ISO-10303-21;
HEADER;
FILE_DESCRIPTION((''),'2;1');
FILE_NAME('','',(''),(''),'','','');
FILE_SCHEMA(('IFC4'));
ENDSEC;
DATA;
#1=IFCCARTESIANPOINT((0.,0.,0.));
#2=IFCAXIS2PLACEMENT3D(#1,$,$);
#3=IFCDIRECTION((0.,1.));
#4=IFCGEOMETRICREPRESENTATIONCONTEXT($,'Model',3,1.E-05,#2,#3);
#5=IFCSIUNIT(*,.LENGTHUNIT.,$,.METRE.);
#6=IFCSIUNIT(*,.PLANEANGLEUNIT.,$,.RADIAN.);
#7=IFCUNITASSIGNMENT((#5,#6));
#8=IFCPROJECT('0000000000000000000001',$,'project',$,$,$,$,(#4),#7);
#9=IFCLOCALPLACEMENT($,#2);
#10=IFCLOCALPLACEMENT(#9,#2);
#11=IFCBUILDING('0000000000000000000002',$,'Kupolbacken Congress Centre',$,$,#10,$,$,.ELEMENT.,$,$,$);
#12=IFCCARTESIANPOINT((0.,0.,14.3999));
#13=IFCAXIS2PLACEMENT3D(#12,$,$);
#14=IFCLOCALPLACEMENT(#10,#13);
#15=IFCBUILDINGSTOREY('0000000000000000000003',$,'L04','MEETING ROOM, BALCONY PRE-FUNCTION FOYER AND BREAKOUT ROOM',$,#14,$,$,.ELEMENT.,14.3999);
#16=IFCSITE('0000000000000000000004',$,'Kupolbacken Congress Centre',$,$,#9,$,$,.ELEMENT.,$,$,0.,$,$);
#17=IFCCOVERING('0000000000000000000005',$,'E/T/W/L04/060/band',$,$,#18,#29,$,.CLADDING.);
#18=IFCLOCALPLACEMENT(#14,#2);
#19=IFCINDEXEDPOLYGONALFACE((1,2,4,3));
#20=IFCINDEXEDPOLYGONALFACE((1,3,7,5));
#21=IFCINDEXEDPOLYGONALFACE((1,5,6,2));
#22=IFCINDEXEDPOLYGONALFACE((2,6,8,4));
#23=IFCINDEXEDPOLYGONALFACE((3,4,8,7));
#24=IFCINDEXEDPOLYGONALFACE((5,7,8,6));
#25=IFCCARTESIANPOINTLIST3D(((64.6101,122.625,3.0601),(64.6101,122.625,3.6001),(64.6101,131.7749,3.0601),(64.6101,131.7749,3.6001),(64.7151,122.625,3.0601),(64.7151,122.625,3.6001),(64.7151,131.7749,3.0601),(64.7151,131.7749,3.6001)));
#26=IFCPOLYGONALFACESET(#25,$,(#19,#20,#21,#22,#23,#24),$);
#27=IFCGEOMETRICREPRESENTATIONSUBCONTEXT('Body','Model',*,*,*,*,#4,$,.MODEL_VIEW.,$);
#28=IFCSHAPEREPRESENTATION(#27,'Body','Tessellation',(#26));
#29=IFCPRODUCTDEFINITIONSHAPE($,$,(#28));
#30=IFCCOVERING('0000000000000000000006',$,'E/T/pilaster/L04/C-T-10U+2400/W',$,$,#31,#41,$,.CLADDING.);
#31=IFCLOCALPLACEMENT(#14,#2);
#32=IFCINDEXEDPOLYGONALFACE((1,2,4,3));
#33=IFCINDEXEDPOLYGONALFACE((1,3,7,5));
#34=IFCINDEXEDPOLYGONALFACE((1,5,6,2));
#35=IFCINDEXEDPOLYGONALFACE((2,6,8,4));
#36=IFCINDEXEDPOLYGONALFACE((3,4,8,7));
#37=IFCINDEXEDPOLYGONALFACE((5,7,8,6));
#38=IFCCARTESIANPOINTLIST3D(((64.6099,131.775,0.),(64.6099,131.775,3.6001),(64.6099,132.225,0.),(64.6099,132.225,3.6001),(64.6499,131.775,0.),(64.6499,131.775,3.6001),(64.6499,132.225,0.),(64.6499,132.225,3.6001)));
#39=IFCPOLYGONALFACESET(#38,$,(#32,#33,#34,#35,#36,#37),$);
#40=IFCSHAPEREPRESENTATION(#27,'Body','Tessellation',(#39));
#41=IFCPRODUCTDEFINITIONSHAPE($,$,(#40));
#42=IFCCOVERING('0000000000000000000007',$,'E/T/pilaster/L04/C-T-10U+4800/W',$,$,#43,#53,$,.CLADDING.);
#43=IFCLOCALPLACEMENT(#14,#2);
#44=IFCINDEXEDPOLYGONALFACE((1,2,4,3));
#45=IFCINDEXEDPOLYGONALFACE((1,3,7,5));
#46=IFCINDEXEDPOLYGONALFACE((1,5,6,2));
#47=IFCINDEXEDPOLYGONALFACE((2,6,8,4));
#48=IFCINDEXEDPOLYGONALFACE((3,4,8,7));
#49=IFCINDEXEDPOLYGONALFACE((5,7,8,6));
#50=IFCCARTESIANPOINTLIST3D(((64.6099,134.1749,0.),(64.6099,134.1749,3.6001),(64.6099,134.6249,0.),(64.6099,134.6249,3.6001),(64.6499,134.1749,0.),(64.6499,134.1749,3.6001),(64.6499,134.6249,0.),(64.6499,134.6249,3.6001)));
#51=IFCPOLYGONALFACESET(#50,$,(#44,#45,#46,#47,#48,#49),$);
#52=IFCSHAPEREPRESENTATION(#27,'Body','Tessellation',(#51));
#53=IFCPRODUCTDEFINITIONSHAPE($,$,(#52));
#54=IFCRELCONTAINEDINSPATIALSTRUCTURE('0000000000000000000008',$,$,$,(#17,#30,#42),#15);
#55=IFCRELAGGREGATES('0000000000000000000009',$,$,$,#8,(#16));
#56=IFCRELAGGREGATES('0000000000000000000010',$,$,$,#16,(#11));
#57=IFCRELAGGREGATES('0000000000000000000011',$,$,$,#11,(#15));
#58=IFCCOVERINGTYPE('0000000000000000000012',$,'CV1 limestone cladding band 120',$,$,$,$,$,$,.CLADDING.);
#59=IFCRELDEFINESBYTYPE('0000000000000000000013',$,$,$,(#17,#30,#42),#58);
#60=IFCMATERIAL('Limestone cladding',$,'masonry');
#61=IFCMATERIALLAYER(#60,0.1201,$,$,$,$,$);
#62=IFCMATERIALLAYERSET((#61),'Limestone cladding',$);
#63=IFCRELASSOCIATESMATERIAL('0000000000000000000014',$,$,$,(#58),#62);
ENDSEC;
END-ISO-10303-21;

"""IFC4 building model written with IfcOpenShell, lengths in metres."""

from ifc_helpers import new_model, si_unit, direction, frame, origin, origin_2d, place, context, subcontext, project, spatial, rectangle, extrude, material, layer, layer_set, type_object, element, save


model = new_model("IFC4")

# Units and contexts
model_context = context("Model", 3, precision=1e-05, world=origin(), true_north=direction((0.0, 1.0)))
body_context = subcontext(model_context, "Body", "Model", "MODEL_VIEW")
ifc_project = project(units=[si_unit("LENGTHUNIT", "METRE"), si_unit("PLANEANGLEUNIT", "RADIAN")], contexts=[model_context])

# Site, building, storey
site_placement = place(None, origin())
site = spatial("IfcSite", under=ifc_project, at=site_placement, Name="Kupolbacken Congress Centre", CompositionType="ELEMENT", RefElevation=0.0)
building_placement = place(site_placement, origin())
building = spatial("IfcBuilding", under=site, at=building_placement, Name="Kupolbacken Congress Centre", CompositionType="ELEMENT")
storey_placement = place(building_placement, frame((0.0, 0.0, 14.3999)))
storey = spatial("IfcBuildingStorey", under=building, at=storey_placement, Name="L04", Description="MEETING ROOM, BALCONY PRE-FUNCTION FOYER AND BREAKOUT ROOM", CompositionType="ELEMENT", Elevation=14.3999)

# Coverings
ifc_material_1 = material(Name="Limestone cladding", Category="masonry")
ifc_layer_1 = layer(ifc_material_1, 0.1201)
ifc_layer_set_1 = layer_set([ifc_layer_1], Name="Limestone cladding")
covering_type_1 = type_object("IfcCoveringType", Name="CV1 limestone cladding band 120", PredefinedType="CLADDING", material=ifc_layer_set_1)
covering_1_placement = place(storey_placement, frame((64.6626, 127.2, 3.0601), z_axis=(0.0, 0.0, 1.0), x_axis=(0.0, -1.0, 0.0)))
element("IfcCovering", 1, at=covering_1_placement, inside=storey, type_object=covering_type_1, Name="E/T/W/L04/060/band", PredefinedType="CLADDING", context=body_context, shape_type="SweptSolid", body=[
    extrude(rectangle(XDim=9.1499, YDim=0.105, at=origin_2d()), origin(), (0.0, 0.0, 1.0), 0.54),
])
for number, where, z_axis, x_axis, name in (
    (2, (64.6299, 132.0, 0.0), (0.0, 0.0, 1.0), (1.0, 0.0, 0.0), "E/T/pilaster/L04/C-T-10U+2400/W"),
    (3, (64.6299, 134.3999, 0.0), (0.0, 0.0, 1.0), (1.0, 0.0, 0.0), "E/T/pilaster/L04/C-T-10U+4800/W"),
):
    element("IfcCovering", number, at=place(storey_placement, frame(where, z_axis=z_axis, x_axis=x_axis)), inside=storey, type_object=covering_type_1, Name=name, PredefinedType="CLADDING", context=body_context, shape_type="SweptSolid", body=[
        extrude(rectangle(XDim=0.04, YDim=0.45, at=origin_2d()), origin(), (0.0, 0.0, 1.0), 3.6001),
    ])

save(model, "model.ifc")
